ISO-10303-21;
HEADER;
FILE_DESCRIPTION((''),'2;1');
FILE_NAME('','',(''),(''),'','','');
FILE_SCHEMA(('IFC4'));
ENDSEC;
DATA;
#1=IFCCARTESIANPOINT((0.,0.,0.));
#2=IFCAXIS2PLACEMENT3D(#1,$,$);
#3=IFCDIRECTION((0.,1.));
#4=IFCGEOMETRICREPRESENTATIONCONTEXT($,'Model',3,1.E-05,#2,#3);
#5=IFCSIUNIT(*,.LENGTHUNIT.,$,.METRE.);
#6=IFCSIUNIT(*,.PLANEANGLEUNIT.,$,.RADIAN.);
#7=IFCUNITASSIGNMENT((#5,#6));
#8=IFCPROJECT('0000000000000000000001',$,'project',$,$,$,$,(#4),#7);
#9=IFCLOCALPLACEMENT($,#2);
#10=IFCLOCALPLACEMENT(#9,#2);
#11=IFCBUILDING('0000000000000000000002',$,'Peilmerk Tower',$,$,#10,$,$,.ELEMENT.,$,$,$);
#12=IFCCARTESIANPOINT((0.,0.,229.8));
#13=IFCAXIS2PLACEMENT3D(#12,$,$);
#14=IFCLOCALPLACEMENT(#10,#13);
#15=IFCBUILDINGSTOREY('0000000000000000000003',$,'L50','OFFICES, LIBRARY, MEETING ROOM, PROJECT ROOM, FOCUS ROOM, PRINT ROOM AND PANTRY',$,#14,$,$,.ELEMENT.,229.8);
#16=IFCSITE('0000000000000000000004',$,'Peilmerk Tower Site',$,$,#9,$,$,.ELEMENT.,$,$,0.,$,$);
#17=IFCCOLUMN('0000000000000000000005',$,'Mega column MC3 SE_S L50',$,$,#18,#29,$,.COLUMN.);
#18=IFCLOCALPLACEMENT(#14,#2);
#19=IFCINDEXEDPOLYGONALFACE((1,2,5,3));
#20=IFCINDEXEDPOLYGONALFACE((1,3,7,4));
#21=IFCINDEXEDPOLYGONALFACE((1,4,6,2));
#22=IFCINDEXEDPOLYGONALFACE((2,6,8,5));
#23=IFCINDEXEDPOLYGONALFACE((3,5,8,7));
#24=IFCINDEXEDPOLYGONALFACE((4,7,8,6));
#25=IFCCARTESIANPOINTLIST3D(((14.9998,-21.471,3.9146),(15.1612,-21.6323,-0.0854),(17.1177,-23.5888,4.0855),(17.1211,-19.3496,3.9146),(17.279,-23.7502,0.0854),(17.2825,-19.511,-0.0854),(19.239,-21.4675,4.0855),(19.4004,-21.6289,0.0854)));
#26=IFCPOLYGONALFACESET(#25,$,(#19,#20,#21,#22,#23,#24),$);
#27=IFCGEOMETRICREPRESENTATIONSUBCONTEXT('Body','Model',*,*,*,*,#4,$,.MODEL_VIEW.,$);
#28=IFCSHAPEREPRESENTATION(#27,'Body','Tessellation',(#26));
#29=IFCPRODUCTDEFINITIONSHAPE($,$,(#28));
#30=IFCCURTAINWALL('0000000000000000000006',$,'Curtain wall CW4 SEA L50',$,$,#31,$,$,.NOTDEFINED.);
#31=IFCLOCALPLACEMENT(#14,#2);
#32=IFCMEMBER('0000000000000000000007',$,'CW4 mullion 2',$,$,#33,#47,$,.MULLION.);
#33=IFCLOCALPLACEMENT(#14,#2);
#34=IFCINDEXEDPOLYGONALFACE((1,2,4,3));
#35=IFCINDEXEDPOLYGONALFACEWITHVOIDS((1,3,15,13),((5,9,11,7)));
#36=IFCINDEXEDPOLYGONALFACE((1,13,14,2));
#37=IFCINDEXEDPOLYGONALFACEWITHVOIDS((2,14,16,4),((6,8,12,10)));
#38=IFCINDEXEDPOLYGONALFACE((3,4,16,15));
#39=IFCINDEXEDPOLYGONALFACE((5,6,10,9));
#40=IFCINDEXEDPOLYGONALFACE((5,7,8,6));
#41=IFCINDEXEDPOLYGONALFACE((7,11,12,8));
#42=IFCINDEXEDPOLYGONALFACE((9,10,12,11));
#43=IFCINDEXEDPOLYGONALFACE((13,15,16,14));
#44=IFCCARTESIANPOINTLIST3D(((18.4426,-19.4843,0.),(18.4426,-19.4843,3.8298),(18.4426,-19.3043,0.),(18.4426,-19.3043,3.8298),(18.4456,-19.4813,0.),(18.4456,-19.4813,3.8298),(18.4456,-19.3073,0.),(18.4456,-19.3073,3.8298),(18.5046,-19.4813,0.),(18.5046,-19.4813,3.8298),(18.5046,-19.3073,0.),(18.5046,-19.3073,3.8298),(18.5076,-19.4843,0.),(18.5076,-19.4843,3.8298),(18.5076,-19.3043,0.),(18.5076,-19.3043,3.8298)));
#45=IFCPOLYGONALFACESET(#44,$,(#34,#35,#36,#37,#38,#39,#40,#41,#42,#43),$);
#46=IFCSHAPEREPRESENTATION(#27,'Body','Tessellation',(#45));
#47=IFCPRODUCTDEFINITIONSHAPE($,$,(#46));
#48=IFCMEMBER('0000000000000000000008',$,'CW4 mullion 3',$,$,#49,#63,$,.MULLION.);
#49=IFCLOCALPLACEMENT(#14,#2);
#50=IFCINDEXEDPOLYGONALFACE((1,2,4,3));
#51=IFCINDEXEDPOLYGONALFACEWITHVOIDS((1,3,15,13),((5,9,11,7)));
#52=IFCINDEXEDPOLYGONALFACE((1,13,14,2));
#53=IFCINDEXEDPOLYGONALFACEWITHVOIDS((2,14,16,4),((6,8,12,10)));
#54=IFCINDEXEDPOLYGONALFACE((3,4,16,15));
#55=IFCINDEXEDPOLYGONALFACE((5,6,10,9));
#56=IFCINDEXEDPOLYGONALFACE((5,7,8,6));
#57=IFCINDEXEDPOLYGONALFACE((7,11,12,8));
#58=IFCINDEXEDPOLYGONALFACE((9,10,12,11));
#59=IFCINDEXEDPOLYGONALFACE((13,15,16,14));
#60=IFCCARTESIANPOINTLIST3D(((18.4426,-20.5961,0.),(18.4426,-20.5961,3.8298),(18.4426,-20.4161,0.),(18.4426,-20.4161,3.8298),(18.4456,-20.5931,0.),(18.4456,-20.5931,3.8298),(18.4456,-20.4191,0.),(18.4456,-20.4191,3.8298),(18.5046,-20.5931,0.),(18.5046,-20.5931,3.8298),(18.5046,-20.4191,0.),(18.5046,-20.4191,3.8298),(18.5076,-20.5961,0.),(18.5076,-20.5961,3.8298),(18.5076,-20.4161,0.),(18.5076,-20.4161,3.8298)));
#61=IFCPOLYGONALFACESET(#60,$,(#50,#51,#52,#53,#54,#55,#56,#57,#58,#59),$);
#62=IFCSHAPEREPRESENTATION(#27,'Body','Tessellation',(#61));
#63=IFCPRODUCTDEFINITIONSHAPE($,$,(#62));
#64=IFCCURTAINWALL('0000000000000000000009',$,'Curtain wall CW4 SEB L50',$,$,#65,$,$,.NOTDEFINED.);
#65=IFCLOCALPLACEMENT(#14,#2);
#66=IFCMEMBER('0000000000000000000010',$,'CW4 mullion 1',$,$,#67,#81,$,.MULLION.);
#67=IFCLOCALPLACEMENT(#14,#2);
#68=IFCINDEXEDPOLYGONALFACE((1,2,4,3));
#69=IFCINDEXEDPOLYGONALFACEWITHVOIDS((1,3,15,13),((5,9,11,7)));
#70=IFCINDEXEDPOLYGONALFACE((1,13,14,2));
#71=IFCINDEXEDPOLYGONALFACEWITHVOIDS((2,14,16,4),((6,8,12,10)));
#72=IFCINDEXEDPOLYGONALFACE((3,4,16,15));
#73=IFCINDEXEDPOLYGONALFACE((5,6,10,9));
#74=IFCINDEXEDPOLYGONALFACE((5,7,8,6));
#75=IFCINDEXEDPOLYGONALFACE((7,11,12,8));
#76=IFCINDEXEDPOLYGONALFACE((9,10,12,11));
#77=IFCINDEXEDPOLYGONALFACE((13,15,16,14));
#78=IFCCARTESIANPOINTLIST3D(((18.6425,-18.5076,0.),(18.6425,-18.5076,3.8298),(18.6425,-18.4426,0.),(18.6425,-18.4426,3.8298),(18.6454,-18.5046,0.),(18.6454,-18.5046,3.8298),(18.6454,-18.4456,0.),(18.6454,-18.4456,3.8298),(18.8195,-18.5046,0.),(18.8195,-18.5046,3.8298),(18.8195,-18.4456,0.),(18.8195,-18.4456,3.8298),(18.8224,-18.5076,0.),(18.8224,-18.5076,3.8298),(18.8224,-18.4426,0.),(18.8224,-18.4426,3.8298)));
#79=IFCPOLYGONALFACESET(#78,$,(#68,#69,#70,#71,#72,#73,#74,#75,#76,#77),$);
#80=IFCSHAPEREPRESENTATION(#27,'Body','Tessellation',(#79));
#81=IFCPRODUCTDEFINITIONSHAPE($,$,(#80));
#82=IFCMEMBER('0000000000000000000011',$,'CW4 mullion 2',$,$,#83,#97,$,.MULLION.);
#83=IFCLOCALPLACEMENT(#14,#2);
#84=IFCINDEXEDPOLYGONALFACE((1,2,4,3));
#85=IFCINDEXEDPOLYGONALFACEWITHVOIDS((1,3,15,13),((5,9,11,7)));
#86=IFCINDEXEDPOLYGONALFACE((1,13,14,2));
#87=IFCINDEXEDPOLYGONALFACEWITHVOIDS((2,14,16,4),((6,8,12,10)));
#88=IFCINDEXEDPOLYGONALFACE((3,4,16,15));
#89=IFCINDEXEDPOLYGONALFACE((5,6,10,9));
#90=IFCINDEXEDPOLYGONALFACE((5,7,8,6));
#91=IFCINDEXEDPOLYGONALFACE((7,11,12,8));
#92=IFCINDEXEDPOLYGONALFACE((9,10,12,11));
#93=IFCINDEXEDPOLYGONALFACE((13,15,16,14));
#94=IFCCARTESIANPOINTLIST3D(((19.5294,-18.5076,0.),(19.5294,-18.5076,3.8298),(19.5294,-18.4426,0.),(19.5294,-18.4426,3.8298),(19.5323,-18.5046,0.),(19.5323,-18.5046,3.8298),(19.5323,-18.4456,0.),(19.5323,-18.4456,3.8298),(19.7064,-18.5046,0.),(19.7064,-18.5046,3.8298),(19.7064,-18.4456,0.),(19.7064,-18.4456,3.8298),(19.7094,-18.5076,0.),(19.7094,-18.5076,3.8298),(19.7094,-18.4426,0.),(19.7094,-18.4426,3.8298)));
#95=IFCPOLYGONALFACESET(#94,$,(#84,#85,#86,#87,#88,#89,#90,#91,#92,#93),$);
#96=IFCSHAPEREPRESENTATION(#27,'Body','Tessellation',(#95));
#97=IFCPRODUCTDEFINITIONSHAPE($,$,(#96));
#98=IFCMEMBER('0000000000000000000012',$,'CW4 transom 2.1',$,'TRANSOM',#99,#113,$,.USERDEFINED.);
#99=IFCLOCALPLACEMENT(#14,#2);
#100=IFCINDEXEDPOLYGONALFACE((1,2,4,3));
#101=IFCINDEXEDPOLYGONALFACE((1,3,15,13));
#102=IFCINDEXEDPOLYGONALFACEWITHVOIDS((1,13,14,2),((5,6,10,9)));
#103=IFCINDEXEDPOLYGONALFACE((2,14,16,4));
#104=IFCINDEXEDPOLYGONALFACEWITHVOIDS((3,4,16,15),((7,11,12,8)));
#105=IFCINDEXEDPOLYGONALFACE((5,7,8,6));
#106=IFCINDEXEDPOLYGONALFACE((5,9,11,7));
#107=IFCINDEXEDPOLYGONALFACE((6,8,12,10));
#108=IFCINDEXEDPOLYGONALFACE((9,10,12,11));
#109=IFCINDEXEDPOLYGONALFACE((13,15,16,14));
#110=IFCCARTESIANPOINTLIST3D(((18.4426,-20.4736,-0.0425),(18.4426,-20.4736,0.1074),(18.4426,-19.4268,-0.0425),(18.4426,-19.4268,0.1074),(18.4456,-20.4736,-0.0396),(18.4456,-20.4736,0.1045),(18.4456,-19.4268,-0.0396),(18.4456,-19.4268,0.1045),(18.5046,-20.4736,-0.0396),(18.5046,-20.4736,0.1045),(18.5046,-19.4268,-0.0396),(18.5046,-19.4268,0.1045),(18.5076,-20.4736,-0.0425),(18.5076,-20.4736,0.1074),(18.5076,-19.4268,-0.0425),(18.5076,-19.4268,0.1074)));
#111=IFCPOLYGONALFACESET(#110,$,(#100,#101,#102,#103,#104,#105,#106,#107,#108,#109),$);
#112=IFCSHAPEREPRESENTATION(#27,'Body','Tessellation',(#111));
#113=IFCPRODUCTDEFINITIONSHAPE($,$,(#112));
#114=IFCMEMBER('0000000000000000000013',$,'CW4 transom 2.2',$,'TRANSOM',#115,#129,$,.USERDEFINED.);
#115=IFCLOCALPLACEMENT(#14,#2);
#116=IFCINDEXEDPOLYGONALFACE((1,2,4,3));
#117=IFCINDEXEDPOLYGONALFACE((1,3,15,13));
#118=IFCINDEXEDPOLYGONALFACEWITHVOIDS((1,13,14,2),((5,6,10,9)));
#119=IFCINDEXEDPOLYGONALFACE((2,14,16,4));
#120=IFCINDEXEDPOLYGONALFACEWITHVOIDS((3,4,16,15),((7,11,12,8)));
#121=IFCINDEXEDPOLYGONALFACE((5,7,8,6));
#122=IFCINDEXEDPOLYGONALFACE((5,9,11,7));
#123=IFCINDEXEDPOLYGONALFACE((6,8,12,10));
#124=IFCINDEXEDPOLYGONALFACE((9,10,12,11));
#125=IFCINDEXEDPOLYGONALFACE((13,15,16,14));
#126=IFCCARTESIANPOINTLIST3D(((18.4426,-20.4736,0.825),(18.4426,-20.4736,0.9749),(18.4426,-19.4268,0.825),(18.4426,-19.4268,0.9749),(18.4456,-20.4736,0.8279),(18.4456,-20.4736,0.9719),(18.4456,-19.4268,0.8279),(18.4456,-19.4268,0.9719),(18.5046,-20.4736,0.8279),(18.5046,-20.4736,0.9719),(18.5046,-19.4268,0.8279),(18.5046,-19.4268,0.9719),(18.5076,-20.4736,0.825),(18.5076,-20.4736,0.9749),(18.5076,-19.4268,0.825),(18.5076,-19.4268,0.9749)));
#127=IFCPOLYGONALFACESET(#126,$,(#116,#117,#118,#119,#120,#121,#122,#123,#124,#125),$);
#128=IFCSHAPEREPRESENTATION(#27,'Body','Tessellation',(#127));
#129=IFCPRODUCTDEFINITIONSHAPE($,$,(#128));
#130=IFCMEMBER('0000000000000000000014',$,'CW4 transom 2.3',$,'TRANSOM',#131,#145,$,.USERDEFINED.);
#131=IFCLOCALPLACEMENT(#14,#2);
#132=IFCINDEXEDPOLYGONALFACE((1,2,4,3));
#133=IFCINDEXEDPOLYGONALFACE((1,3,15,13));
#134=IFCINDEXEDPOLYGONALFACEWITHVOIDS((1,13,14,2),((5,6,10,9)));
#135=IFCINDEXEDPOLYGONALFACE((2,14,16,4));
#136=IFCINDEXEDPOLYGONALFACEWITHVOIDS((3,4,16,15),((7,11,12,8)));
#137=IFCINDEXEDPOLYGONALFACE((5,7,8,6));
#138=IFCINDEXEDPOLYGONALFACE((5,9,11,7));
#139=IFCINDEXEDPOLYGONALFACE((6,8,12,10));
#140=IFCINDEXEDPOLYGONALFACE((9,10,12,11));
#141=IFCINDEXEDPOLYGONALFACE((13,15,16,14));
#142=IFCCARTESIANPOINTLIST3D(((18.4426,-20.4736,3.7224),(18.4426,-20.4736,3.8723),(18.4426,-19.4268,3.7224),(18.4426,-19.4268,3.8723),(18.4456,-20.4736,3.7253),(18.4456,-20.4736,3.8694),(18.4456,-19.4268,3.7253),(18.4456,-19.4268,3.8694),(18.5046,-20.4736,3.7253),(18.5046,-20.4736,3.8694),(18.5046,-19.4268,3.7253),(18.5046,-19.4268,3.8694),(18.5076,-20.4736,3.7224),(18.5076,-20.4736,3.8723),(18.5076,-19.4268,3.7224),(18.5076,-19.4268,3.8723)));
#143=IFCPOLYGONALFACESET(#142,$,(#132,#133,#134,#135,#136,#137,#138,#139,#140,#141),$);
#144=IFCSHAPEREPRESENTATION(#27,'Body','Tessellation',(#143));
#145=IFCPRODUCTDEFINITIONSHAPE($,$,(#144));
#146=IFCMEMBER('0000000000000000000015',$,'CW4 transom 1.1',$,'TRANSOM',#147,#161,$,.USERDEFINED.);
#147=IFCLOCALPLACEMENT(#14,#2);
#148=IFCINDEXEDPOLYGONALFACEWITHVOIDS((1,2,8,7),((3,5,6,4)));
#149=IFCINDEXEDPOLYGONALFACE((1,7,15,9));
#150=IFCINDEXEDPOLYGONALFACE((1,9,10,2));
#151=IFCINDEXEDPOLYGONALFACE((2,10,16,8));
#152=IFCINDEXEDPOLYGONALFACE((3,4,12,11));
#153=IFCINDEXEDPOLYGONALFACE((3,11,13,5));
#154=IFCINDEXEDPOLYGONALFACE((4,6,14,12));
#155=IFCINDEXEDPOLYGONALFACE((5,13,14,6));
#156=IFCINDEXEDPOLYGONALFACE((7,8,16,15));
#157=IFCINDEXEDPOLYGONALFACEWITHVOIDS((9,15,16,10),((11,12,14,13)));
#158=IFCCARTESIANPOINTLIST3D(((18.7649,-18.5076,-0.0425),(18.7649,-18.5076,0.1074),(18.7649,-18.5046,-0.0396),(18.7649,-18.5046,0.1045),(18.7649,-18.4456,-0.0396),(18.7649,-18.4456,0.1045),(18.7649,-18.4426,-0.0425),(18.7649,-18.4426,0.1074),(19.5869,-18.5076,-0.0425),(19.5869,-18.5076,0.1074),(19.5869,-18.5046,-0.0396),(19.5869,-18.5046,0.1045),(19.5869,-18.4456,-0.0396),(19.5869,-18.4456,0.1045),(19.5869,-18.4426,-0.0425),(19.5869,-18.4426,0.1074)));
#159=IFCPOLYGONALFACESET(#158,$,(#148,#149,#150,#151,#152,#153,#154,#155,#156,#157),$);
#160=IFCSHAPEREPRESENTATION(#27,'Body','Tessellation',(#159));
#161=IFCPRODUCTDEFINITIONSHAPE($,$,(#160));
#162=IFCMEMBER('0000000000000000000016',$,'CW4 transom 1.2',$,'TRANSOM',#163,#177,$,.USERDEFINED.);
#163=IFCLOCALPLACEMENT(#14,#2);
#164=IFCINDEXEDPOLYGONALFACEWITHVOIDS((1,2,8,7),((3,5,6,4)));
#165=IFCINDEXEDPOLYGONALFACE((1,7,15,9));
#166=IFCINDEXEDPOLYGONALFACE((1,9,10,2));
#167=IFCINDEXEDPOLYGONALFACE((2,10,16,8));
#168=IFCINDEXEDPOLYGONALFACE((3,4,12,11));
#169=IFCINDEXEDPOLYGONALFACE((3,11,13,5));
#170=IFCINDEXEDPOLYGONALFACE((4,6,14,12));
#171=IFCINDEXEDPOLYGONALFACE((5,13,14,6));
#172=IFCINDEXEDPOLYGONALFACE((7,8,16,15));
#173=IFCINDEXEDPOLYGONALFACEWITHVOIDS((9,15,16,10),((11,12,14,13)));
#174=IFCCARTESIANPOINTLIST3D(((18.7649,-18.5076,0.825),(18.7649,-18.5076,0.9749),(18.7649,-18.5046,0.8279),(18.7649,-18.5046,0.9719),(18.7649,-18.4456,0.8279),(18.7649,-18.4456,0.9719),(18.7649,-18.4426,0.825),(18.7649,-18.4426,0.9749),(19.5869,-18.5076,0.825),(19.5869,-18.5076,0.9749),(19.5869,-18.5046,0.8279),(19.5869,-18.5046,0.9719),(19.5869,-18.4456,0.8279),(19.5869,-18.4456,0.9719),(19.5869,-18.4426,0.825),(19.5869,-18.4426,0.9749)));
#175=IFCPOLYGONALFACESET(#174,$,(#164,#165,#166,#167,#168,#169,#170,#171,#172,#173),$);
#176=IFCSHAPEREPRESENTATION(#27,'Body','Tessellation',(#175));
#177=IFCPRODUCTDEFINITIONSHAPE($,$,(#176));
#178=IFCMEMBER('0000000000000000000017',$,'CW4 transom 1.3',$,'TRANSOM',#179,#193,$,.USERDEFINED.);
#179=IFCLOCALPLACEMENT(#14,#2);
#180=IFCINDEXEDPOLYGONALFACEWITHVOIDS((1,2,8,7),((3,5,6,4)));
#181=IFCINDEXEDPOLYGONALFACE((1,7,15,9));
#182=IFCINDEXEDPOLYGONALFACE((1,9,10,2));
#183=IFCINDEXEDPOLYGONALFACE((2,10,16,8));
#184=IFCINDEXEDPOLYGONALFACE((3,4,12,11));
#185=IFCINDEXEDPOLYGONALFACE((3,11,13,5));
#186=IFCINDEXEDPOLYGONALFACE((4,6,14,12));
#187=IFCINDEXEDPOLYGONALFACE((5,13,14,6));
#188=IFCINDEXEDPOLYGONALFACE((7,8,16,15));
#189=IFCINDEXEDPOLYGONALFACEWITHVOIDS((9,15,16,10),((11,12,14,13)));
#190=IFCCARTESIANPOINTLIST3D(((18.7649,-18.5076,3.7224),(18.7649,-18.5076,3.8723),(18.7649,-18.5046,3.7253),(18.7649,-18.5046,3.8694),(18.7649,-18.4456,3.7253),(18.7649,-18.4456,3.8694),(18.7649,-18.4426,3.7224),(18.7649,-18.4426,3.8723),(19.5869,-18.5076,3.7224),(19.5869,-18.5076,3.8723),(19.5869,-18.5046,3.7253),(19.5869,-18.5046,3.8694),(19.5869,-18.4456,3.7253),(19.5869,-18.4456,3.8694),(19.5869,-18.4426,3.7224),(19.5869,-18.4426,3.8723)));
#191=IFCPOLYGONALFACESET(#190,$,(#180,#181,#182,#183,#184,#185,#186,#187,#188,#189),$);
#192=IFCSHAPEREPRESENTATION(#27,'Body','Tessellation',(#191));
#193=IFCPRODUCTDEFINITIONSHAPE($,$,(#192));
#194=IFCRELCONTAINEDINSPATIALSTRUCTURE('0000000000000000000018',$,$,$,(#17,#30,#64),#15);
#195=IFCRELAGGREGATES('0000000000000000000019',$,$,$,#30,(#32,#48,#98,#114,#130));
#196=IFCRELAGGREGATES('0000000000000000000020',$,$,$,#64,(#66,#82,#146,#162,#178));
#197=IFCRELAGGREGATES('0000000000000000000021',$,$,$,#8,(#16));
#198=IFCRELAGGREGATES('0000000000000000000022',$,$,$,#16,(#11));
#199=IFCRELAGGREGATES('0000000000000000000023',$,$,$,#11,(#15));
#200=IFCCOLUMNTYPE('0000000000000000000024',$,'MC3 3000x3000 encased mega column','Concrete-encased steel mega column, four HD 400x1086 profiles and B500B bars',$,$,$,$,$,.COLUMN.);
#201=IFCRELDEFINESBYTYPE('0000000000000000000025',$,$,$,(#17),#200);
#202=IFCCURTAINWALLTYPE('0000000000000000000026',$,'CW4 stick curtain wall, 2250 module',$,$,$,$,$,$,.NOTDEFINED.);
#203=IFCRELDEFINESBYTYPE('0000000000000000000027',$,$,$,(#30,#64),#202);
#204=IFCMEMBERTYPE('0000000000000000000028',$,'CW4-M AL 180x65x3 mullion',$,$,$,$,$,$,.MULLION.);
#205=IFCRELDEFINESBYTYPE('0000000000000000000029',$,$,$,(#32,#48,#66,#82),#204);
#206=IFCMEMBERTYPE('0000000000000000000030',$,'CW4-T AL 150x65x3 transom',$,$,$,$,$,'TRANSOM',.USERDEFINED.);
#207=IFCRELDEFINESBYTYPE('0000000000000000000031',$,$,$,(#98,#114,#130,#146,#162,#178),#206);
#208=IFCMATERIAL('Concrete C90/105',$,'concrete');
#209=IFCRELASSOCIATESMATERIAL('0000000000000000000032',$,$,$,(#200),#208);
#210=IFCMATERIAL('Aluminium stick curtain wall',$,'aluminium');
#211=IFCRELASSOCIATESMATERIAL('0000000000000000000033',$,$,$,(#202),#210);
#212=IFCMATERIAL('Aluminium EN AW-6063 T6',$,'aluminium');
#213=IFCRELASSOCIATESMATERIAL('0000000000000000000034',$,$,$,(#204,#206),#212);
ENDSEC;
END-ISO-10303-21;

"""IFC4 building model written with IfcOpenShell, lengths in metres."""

from ifc_helpers import new_model, si_unit, direction, frame, origin, origin_2d, place, context, subcontext, project, spatial, rectangle, hollow_rectangle, extrude, material, material_profile, profile_set, type_object, element, aggregate, save


model = new_model("IFC4")

# Units and contexts
model_context = context("Model", 3, precision=1e-05, world=origin(), true_north=direction((0.0, 1.0)))
body_context = subcontext(model_context, "Body", "Model", "MODEL_VIEW")
ifc_project = project(units=[si_unit("LENGTHUNIT", "METRE"), si_unit("PLANEANGLEUNIT", "RADIAN")], contexts=[model_context])

# Site, building, storey
site_placement = place(None, origin())
site = spatial("IfcSite", under=ifc_project, at=site_placement, Name="Peilmerk Tower Site", CompositionType="ELEMENT", RefElevation=0.0)
building_placement = place(site_placement, origin())
building = spatial("IfcBuilding", under=site, at=building_placement, Name="Peilmerk Tower", CompositionType="ELEMENT")
storey_placement = place(building_placement, frame((0.0, 0.0, 229.8)))
storey = spatial("IfcBuildingStorey", under=building, at=storey_placement, Name="L50", Description="OFFICES, LIBRARY, MEETING ROOM, PROJECT ROOM, FOCUS ROOM, PRINT ROOM AND PANTRY", CompositionType="ELEMENT", Elevation=229.8)

# Column
ifc_material_1 = material(Name="Concrete C90/105", Category="concrete")
ifc_material_profile_1 = material_profile(ifc_material_1, rectangle(XDim=3.0, YDim=3.0, at=origin_2d()), Name="RC 3000x3000")
ifc_profile_set_1 = profile_set([ifc_material_profile_1], Name="Concrete C90/105")
column_type = type_object("IfcColumnType", Name="MC3 3000x3000 encased mega column", Description="Concrete-encased steel mega column, four HD 400x1086 profiles and B500B bars", PredefinedType="COLUMN", material=ifc_profile_set_1)
column_placement = place(storey_placement, frame((17.2808, -21.6306, 0.0), z_axis=(-0.040279, 0.040279, 0.998376), x_axis=(-0.707107, -0.707107, 0.0)))
element("IfcColumn", 1, at=column_placement, inside=storey, type_object=column_type, Name="Mega column MC3 SE_S L50", PredefinedType="COLUMN", context=body_context, shape_type="SweptSolid", body=[
    extrude(rectangle(XDim=3.0, YDim=3.0, at=origin_2d()), origin(), (0.0, 0.0, 1.0), 4.0066),
])

# Curtain walls, members
ifc_material_2 = material(Name="Aluminium stick curtain wall", Category="aluminium")
curtain_wall_type = type_object("IfcCurtainWallType", Name="CW4 stick curtain wall, 2250 module", PredefinedType="NOTDEFINED", material=ifc_material_2)
curtain_wall_1_placement = place(storey_placement, origin())
curtain_wall_1 = element("IfcCurtainWall", 2, at=curtain_wall_1_placement, inside=storey, type_object=curtain_wall_type, Name="Curtain wall CW4 SEA L50", PredefinedType="NOTDEFINED")
ifc_material_3 = material(Name="Aluminium EN AW-6063 T6", Category="aluminium")
ifc_material_profile_2 = material_profile(ifc_material_3, hollow_rectangle(XDim=0.0649, YDim=0.1799, WallThickness=0.0029, at=origin_2d()), Name="AL 180x65x3")
ifc_profile_set_2 = profile_set([ifc_material_profile_2], Name="Aluminium EN AW-6063 T6")
member_type_1 = type_object("IfcMemberType", Name="CW4-M AL 180x65x3 mullion", PredefinedType="MULLION", material=ifc_profile_set_2)
member_1_placement = place(storey_placement, frame((18.4751, -19.3943, 0.0), z_axis=(0.0, 0.0, 1.0), x_axis=(1.0, 0.0, 0.0)))
member_1 = element("IfcMember", 3, at=member_1_placement, type_object=member_type_1, Name="CW4 mullion 2", PredefinedType="MULLION", context=body_context, shape_type="SweptSolid", body=[
    extrude(hollow_rectangle(XDim=0.0649, YDim=0.1799, WallThickness=0.0029, at=origin_2d()), origin(), (0.0, 0.0, 1.0), 3.8298),
])
member_2_placement = place(storey_placement, frame((18.4751, -20.5061, 0.0), z_axis=(0.0, 0.0, 1.0), x_axis=(1.0, 0.0, 0.0)))
member_2 = element("IfcMember", 4, at=member_2_placement, type_object=member_type_1, Name="CW4 mullion 3", PredefinedType="MULLION", context=body_context, shape_type="SweptSolid", body=[
    extrude(hollow_rectangle(XDim=0.0649, YDim=0.1799, WallThickness=0.0029, at=origin_2d()), origin(), (0.0, 0.0, 1.0), 3.8298),
])
curtain_wall_2_placement = place(storey_placement, origin())
curtain_wall_2 = element("IfcCurtainWall", 5, at=curtain_wall_2_placement, inside=storey, type_object=curtain_wall_type, Name="Curtain wall CW4 SEB L50", PredefinedType="NOTDEFINED")
member_3_placement = place(storey_placement, frame((18.7324, -18.4751, 0.0), z_axis=(0.0, 0.0, 1.0), x_axis=(0.0, 1.0, 0.0)))
member_3 = element("IfcMember", 6, at=member_3_placement, type_object=member_type_1, Name="CW4 mullion 1", PredefinedType="MULLION", context=body_context, shape_type="SweptSolid", body=[
    extrude(hollow_rectangle(XDim=0.0649, YDim=0.1799, WallThickness=0.0029, at=origin_2d()), origin(), (0.0, 0.0, 1.0), 3.8298),
])
member_4_placement = place(storey_placement, frame((19.6194, -18.4751, 0.0), z_axis=(0.0, 0.0, 1.0), x_axis=(0.0, 1.0, 0.0)))
member_4 = element("IfcMember", 7, at=member_4_placement, type_object=member_type_1, Name="CW4 mullion 2", PredefinedType="MULLION", context=body_context, shape_type="SweptSolid", body=[
    extrude(hollow_rectangle(XDim=0.0649, YDim=0.1799, WallThickness=0.0029, at=origin_2d()), origin(), (0.0, 0.0, 1.0), 3.8298),
])

# Members
ifc_material_profile_3 = material_profile(ifc_material_3, hollow_rectangle(XDim=0.0649, YDim=0.1499, WallThickness=0.0029, at=origin_2d()), Name="AL 150x65x3")
ifc_profile_set_3 = profile_set([ifc_material_profile_3], Name="Aluminium EN AW-6063 T6")
member_type_2 = type_object("IfcMemberType", Name="CW4-T AL 150x65x3 transom", ElementType="TRANSOM", PredefinedType="USERDEFINED", material=ifc_profile_set_3)
member_5_placement = place(storey_placement, frame((18.4751, -19.4268, 0.0325), z_axis=(0.0, -1.0, 0.0), x_axis=(1.0, 0.0, 0.0)))
member_5 = element("IfcMember", 8, at=member_5_placement, type_object=member_type_2, Name="CW4 transom 2.1", ObjectType="TRANSOM", PredefinedType="USERDEFINED", context=body_context, shape_type="SweptSolid", body=[
    extrude(hollow_rectangle(XDim=0.0649, YDim=0.1499, WallThickness=0.0029, at=origin_2d()), origin(), (0.0, 0.0, 1.0), 1.0469),
])
member_6_placement = place(storey_placement, frame((18.4751, -19.4268, 0.8999), z_axis=(0.0, -1.0, 0.0), x_axis=(1.0, 0.0, 0.0)))
member_6 = element("IfcMember", 9, at=member_6_placement, type_object=member_type_2, Name="CW4 transom 2.2", ObjectType="TRANSOM", PredefinedType="USERDEFINED", context=body_context, shape_type="SweptSolid", body=[
    extrude(hollow_rectangle(XDim=0.0649, YDim=0.1499, WallThickness=0.0029, at=origin_2d()), origin(), (0.0, 0.0, 1.0), 1.0469),
])
member_7_placement = place(storey_placement, frame((18.4751, -19.4268, 3.7974), z_axis=(0.0, -1.0, 0.0), x_axis=(1.0, 0.0, 0.0)))
member_7 = element("IfcMember", 10, at=member_7_placement, type_object=member_type_2, Name="CW4 transom 2.3", ObjectType="TRANSOM", PredefinedType="USERDEFINED", context=body_context, shape_type="SweptSolid", body=[
    extrude(hollow_rectangle(XDim=0.0649, YDim=0.1499, WallThickness=0.0029, at=origin_2d()), origin(), (0.0, 0.0, 1.0), 1.0469),
])
member_8_placement = place(storey_placement, frame((18.7649, -18.4751, 0.0325), z_axis=(1.0, 0.0, 0.0), x_axis=(0.0, 1.0, 0.0)))
member_8 = element("IfcMember", 11, at=member_8_placement, type_object=member_type_2, Name="CW4 transom 1.1", ObjectType="TRANSOM", PredefinedType="USERDEFINED", context=body_context, shape_type="SweptSolid", body=[
    extrude(hollow_rectangle(XDim=0.0649, YDim=0.1499, WallThickness=0.0029, at=origin_2d()), origin(), (0.0, 0.0, 1.0), 0.822),
])
member_9_placement = place(storey_placement, frame((18.7649, -18.4751, 0.8999), z_axis=(1.0, 0.0, 0.0), x_axis=(0.0, 1.0, 0.0)))
member_9 = element("IfcMember", 12, at=member_9_placement, type_object=member_type_2, Name="CW4 transom 1.2", ObjectType="TRANSOM", PredefinedType="USERDEFINED", context=body_context, shape_type="SweptSolid", body=[
    extrude(hollow_rectangle(XDim=0.0649, YDim=0.1499, WallThickness=0.0029, at=origin_2d()), origin(), (0.0, 0.0, 1.0), 0.822),
])
member_10_placement = place(storey_placement, frame((18.7649, -18.4751, 3.7974), z_axis=(1.0, 0.0, 0.0), x_axis=(0.0, 1.0, 0.0)))
member_10 = element("IfcMember", 13, at=member_10_placement, type_object=member_type_2, Name="CW4 transom 1.3", ObjectType="TRANSOM", PredefinedType="USERDEFINED", context=body_context, shape_type="SweptSolid", body=[
    extrude(hollow_rectangle(XDim=0.0649, YDim=0.1499, WallThickness=0.0029, at=origin_2d()), origin(), (0.0, 0.0, 1.0), 0.822),
])

aggregate(curtain_wall_1, [member_1, member_2, member_5, member_6, member_7])
aggregate(curtain_wall_2, [member_3, member_4, member_8, member_9, member_10])

save(model, "model.ifc")
